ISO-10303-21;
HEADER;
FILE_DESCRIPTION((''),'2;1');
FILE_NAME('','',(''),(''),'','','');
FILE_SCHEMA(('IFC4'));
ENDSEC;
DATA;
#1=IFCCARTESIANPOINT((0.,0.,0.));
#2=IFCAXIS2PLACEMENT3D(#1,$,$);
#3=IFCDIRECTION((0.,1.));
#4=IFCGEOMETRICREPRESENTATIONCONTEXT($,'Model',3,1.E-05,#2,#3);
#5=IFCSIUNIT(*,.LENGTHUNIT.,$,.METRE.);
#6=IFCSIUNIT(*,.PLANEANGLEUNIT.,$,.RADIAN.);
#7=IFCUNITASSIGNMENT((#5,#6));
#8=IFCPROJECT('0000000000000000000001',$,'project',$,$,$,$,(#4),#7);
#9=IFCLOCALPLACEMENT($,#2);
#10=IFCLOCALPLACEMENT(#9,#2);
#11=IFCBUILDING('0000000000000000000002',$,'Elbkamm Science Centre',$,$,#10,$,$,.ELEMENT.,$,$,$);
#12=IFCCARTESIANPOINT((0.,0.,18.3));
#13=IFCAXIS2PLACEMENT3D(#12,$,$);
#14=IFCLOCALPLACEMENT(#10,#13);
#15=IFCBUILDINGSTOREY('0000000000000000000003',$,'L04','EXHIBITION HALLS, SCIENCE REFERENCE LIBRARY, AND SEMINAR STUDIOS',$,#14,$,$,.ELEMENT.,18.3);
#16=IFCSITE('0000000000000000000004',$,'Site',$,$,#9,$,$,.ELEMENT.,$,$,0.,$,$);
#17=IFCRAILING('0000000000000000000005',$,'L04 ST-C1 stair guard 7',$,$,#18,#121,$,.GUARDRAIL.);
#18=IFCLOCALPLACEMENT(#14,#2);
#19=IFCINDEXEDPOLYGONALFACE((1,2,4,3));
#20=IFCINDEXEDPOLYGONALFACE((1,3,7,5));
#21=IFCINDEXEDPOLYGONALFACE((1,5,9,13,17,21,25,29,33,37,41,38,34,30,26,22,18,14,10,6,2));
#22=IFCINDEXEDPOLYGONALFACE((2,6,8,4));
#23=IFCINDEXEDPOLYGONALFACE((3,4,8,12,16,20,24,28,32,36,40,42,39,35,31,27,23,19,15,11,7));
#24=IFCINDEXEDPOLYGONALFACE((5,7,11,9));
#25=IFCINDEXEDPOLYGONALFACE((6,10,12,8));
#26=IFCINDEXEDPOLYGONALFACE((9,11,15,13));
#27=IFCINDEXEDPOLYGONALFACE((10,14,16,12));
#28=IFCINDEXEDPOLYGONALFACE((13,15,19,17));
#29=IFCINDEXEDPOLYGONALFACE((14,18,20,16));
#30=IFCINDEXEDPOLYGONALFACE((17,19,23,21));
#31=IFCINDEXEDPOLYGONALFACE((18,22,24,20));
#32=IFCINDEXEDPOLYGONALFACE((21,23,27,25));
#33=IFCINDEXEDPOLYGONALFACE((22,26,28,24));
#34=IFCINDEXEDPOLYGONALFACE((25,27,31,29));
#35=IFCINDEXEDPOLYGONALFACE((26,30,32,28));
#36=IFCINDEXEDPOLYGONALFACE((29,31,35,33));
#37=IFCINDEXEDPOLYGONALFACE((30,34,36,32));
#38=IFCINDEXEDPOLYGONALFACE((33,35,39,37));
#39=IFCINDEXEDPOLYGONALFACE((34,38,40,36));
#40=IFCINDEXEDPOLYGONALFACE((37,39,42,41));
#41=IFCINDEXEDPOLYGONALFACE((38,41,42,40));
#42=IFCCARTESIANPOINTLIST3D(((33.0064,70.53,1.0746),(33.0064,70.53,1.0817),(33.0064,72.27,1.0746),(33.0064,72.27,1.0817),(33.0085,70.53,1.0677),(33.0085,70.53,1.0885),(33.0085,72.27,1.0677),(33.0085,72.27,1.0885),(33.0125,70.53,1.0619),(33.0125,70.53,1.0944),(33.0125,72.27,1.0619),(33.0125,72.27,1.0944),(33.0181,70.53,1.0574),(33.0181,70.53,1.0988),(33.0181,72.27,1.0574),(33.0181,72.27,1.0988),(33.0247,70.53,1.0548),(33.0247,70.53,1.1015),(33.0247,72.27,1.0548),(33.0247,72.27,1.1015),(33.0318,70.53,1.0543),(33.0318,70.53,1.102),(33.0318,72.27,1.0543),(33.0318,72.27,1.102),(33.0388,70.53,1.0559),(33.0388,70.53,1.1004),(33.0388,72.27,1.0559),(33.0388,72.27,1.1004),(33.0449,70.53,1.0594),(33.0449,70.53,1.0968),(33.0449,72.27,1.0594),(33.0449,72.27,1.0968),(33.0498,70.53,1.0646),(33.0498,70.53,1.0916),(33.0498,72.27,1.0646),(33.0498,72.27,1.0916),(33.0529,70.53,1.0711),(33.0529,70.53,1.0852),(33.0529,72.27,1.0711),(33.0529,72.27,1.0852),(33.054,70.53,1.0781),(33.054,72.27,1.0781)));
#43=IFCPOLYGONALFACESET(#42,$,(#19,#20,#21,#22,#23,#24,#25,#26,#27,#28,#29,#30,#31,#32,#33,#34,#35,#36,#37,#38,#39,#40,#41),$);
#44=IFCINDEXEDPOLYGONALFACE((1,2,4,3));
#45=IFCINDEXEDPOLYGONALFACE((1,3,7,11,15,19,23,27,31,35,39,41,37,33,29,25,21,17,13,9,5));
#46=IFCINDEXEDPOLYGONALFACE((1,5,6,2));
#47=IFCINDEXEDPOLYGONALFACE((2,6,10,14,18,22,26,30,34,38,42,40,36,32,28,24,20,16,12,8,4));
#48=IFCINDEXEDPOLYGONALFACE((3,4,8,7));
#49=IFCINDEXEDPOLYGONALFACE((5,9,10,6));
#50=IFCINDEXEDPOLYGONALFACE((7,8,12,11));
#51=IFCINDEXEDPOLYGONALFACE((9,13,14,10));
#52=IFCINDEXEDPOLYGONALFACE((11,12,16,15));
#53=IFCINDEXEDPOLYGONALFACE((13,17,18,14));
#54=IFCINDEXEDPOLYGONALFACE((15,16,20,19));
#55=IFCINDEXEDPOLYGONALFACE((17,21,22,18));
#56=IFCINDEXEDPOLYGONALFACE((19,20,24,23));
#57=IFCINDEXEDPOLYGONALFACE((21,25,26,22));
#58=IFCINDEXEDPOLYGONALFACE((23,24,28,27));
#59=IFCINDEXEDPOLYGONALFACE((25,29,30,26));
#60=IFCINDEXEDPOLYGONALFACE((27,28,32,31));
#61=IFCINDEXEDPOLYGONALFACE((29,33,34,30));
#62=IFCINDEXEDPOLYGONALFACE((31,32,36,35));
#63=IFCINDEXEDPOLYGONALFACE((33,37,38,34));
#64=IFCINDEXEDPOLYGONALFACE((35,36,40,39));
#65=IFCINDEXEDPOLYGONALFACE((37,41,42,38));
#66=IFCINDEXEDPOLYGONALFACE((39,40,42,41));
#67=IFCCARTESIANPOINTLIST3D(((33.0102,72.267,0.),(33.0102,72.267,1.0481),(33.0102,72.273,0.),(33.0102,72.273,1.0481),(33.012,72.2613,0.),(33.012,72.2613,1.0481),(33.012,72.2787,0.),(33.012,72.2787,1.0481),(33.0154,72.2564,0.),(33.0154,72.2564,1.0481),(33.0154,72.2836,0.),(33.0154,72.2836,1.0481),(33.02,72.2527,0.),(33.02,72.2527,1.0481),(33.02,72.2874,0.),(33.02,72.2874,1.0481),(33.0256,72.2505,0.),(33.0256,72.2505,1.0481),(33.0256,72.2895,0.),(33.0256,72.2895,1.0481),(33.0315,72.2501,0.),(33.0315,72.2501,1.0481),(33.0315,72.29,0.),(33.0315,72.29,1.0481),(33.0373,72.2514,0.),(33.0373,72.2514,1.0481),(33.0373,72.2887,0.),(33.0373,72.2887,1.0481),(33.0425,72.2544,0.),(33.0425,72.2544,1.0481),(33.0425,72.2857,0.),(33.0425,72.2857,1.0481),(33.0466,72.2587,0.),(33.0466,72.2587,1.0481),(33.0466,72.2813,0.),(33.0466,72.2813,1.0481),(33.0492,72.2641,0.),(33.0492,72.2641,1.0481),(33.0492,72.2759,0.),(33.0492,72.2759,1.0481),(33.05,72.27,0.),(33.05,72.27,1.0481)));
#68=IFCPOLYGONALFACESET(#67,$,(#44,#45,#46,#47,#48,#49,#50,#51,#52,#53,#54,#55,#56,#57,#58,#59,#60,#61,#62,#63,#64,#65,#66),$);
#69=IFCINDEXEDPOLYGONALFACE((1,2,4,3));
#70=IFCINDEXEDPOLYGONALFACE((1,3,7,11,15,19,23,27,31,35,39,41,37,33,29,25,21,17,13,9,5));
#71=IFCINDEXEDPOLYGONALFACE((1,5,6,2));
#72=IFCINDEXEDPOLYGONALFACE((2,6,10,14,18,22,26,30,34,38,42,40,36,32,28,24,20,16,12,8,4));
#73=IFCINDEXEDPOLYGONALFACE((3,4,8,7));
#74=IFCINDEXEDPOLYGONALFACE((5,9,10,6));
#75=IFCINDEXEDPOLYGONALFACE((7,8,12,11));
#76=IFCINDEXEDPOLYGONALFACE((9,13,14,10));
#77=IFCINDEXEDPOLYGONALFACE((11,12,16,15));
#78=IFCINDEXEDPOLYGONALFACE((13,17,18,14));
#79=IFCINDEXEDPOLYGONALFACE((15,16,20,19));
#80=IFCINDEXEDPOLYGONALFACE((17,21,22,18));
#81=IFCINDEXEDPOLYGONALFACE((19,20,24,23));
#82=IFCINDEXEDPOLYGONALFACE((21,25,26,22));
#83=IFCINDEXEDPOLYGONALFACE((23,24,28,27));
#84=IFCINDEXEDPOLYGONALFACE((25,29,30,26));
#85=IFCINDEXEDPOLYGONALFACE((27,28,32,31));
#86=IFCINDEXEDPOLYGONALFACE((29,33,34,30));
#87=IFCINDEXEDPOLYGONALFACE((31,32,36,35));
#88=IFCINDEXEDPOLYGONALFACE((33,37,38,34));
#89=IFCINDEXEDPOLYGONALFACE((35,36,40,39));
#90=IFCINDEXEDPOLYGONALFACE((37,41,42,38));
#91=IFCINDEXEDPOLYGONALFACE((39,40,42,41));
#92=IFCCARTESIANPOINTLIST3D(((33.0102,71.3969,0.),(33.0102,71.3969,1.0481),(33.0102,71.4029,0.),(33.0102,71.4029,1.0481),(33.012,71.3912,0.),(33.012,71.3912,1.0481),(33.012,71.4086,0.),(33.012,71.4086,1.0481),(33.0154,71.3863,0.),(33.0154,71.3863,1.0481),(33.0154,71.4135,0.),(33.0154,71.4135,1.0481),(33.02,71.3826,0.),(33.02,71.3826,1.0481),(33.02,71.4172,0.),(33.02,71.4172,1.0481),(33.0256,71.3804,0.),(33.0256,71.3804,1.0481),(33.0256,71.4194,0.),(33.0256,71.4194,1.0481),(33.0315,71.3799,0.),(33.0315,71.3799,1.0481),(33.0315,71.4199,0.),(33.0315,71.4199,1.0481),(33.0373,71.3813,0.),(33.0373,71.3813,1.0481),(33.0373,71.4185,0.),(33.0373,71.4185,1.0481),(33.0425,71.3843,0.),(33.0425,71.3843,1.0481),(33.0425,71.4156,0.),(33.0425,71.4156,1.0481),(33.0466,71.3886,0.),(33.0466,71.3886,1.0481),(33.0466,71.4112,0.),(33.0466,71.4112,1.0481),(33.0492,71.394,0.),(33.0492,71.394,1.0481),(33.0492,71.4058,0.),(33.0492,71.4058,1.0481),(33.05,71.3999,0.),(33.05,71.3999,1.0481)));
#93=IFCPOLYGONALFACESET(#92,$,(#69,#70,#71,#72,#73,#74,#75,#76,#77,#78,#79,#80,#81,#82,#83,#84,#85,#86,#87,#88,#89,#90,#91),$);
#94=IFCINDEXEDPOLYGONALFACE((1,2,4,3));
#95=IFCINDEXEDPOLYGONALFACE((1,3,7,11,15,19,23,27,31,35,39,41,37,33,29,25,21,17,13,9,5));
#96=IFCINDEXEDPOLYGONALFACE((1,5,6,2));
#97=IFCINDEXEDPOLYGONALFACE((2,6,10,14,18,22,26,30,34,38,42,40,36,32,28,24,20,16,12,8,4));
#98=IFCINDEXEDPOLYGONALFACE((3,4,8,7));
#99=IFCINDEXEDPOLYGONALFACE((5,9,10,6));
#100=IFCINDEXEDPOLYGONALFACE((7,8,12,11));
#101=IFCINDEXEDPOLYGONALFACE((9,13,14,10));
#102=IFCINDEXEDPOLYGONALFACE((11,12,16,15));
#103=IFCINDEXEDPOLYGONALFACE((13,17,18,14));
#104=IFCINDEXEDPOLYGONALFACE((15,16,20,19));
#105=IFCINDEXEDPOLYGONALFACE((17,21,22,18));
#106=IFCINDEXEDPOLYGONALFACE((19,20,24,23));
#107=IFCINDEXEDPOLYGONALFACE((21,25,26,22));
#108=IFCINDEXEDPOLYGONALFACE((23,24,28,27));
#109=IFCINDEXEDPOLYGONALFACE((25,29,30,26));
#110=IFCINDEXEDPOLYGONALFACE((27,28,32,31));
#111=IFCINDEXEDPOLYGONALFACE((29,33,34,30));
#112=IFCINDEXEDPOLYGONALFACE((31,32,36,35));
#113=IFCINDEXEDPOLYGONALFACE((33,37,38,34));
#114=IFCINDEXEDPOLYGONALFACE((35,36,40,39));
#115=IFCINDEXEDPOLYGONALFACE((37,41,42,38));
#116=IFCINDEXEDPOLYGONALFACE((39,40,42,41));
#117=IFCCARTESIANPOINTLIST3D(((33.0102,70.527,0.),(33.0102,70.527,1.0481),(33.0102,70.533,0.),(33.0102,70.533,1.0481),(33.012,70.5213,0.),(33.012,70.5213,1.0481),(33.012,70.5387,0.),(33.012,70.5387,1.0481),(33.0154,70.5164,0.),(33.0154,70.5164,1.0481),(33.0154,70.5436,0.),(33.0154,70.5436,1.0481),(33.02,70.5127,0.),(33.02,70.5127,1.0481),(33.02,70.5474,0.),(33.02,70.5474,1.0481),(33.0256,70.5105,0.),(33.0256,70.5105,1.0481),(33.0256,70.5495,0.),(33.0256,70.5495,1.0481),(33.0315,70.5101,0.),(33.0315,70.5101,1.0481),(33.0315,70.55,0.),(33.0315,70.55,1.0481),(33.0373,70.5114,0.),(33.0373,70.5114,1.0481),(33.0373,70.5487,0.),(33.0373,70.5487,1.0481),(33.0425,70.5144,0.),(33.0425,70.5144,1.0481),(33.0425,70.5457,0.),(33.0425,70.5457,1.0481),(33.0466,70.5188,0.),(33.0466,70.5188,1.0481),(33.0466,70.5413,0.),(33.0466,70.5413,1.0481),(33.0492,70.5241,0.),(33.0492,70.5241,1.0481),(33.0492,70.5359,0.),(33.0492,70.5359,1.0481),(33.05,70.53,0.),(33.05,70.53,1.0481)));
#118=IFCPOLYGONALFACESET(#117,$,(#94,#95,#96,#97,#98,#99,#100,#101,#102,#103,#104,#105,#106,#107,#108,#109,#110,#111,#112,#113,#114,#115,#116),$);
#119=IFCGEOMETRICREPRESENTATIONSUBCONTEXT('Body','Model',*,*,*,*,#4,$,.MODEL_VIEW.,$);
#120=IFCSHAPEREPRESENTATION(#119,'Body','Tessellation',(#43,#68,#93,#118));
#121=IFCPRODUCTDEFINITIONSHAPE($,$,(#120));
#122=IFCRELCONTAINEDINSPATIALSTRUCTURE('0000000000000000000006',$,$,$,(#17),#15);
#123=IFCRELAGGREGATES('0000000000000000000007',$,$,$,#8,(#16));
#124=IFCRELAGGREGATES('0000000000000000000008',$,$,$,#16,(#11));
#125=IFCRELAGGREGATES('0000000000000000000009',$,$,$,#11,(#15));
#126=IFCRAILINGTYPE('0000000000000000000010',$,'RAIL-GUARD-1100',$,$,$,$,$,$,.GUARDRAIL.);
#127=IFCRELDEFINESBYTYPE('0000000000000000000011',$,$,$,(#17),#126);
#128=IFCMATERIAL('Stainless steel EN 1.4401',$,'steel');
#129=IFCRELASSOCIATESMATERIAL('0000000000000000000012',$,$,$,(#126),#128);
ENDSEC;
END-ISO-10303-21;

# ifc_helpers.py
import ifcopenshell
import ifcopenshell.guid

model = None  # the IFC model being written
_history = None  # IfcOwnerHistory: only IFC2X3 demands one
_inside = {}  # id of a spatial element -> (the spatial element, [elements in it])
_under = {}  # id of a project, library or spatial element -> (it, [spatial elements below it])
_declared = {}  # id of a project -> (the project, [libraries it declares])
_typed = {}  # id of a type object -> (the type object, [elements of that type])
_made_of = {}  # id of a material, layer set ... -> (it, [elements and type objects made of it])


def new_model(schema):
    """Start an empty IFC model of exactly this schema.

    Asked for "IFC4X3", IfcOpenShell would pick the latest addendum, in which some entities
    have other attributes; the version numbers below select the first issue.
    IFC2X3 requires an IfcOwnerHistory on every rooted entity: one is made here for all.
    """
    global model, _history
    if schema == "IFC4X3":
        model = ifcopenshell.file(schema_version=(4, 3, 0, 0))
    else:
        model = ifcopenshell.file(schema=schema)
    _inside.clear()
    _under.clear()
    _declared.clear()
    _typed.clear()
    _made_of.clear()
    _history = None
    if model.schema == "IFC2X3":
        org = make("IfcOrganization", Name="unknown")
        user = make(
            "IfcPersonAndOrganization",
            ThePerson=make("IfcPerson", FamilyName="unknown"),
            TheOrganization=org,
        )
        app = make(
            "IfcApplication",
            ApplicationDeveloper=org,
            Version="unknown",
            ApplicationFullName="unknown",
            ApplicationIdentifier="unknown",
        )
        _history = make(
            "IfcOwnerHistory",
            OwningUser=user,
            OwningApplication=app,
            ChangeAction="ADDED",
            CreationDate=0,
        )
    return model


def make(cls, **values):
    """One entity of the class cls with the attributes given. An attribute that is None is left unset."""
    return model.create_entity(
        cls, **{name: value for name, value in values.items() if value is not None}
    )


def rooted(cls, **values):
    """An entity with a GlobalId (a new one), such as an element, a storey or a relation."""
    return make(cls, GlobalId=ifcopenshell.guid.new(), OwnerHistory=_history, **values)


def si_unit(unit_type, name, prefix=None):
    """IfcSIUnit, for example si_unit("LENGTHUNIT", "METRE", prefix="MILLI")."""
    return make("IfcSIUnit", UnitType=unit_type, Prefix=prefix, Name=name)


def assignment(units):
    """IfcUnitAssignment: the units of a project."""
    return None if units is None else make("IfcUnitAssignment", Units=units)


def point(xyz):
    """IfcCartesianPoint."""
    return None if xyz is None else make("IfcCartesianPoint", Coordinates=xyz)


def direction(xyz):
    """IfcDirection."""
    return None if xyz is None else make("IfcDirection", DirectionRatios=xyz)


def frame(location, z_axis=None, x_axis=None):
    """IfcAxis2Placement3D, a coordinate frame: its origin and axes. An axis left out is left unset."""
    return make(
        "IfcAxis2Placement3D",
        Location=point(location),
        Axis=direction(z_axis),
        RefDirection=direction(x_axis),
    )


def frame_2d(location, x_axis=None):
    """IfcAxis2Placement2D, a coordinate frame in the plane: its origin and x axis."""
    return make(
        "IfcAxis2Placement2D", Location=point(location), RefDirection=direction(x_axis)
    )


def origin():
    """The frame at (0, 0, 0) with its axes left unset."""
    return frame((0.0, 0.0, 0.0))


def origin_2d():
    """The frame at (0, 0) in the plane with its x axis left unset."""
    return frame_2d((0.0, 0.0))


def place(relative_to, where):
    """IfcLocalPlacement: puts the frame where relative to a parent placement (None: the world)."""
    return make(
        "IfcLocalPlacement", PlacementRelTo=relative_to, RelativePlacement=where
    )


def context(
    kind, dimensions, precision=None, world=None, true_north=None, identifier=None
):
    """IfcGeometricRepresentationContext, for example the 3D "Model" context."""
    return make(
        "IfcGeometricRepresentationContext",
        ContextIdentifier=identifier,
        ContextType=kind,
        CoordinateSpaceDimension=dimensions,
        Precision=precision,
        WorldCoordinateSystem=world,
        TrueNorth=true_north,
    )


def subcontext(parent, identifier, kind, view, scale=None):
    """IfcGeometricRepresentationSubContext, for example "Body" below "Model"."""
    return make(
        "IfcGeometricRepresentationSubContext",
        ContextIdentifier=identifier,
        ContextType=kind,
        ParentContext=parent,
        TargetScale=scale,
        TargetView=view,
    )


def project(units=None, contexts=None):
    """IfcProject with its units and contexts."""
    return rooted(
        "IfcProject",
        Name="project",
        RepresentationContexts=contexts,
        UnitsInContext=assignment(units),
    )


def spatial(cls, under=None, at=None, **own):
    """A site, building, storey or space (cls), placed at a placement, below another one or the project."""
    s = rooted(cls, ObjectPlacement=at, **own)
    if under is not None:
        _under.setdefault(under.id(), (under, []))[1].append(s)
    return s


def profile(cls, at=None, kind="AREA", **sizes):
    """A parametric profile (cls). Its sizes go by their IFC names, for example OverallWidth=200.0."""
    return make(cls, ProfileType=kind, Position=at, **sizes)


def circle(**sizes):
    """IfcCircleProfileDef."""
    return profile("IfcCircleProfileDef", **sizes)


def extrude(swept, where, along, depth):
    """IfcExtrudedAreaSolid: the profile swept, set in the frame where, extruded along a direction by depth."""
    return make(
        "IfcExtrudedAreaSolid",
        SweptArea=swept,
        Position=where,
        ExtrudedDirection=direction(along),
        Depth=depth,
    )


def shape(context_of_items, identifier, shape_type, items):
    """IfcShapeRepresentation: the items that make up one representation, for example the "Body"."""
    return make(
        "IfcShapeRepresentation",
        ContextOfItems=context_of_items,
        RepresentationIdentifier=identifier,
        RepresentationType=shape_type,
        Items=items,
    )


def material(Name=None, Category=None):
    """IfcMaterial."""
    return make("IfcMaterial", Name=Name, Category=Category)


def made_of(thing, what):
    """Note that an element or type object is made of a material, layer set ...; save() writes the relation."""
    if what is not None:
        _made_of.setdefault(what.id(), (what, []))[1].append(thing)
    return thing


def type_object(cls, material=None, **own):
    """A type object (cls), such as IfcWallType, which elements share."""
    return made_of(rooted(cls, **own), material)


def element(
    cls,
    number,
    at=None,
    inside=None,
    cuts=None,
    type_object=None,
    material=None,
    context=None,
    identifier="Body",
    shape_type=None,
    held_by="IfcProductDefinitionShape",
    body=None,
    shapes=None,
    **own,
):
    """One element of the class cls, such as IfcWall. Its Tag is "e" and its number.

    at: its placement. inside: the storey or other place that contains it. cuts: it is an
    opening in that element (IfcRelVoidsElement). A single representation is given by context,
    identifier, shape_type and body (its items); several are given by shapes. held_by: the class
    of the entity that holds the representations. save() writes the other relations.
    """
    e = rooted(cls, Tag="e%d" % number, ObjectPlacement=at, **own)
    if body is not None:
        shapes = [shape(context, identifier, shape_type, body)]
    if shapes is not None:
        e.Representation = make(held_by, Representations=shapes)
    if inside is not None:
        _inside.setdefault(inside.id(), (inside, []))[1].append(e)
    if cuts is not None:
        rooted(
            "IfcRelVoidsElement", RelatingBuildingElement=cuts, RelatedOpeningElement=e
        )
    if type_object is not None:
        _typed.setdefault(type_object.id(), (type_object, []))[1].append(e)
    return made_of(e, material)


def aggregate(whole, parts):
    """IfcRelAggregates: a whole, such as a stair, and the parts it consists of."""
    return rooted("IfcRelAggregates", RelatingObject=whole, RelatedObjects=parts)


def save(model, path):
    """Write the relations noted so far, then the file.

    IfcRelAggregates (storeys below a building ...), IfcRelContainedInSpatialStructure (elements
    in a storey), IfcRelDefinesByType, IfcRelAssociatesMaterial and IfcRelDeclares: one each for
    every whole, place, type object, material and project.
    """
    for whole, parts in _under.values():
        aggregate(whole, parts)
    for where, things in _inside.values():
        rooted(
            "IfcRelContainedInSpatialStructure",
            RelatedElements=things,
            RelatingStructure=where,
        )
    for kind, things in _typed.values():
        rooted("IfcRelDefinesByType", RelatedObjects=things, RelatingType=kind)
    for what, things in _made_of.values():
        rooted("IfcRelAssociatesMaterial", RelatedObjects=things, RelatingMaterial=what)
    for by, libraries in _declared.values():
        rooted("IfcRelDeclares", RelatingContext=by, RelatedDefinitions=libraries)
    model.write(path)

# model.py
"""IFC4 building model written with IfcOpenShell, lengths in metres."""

from ifc_helpers import new_model, si_unit, direction, frame, origin, origin_2d, place, context, subcontext, project, spatial, circle, extrude, material, type_object, element, save


model = new_model("IFC4")

# Units and contexts
model_context = context("Model", 3, precision=1e-05, world=origin(), true_north=direction((0.0, 1.0)))
body_context = subcontext(model_context, "Body", "Model", "MODEL_VIEW")
ifc_project = project(units=[si_unit("LENGTHUNIT", "METRE"), si_unit("PLANEANGLEUNIT", "RADIAN")], contexts=[model_context])

# Site, building, storey
site_placement = place(None, origin())
site = spatial("IfcSite", under=ifc_project, at=site_placement, Name="Site", CompositionType="ELEMENT", RefElevation=0.0)
building_placement = place(site_placement, origin())
building = spatial("IfcBuilding", under=site, at=building_placement, Name="Elbkamm Science Centre", CompositionType="ELEMENT")
storey_placement = place(building_placement, frame((0.0, 0.0, 18.3)))
storey = spatial("IfcBuildingStorey", under=building, at=storey_placement, Name="L04", Description="EXHIBITION HALLS, SCIENCE REFERENCE LIBRARY, AND SEMINAR STUDIOS", CompositionType="ELEMENT", Elevation=18.3)

# Railing
ifc_material_1 = material(Name="Stainless steel EN 1.4401", Category="steel")
railing_type_1 = type_object("IfcRailingType", Name="RAIL-GUARD-1100", PredefinedType="GUARDRAIL", material=ifc_material_1)
railing_1_placement = place(storey_placement, frame((33.03, 72.27, 0.0)))
element("IfcRailing", 1, at=railing_1_placement, inside=storey, type_object=railing_type_1, Name="L04 ST-C1 stair guard 7", PredefinedType="GUARDRAIL", context=body_context, shape_type="SweptSolid", body=[
    extrude(circle(Radius=0.0239, at=origin_2d()), frame((0.0, 0.0, 1.0781), z_axis=(0.0, -1.0, 0.0), x_axis=(1.0, 0.0, 0.0)), (0.0, 0.0, 1.0), 1.74),
    extrude(circle(Radius=0.02, at=origin_2d()), origin(), (0.0, 0.0, 1.0), 1.0481),
    extrude(circle(Radius=0.02, at=origin_2d()), frame((0.0, -0.8701, 0.0)), (0.0, 0.0, 1.0), 1.0481),
    extrude(circle(Radius=0.02, at=origin_2d()), frame((0.0, -1.74, 0.0)), (0.0, 0.0, 1.0), 1.0481),
])

save(model, "model.ifc")
